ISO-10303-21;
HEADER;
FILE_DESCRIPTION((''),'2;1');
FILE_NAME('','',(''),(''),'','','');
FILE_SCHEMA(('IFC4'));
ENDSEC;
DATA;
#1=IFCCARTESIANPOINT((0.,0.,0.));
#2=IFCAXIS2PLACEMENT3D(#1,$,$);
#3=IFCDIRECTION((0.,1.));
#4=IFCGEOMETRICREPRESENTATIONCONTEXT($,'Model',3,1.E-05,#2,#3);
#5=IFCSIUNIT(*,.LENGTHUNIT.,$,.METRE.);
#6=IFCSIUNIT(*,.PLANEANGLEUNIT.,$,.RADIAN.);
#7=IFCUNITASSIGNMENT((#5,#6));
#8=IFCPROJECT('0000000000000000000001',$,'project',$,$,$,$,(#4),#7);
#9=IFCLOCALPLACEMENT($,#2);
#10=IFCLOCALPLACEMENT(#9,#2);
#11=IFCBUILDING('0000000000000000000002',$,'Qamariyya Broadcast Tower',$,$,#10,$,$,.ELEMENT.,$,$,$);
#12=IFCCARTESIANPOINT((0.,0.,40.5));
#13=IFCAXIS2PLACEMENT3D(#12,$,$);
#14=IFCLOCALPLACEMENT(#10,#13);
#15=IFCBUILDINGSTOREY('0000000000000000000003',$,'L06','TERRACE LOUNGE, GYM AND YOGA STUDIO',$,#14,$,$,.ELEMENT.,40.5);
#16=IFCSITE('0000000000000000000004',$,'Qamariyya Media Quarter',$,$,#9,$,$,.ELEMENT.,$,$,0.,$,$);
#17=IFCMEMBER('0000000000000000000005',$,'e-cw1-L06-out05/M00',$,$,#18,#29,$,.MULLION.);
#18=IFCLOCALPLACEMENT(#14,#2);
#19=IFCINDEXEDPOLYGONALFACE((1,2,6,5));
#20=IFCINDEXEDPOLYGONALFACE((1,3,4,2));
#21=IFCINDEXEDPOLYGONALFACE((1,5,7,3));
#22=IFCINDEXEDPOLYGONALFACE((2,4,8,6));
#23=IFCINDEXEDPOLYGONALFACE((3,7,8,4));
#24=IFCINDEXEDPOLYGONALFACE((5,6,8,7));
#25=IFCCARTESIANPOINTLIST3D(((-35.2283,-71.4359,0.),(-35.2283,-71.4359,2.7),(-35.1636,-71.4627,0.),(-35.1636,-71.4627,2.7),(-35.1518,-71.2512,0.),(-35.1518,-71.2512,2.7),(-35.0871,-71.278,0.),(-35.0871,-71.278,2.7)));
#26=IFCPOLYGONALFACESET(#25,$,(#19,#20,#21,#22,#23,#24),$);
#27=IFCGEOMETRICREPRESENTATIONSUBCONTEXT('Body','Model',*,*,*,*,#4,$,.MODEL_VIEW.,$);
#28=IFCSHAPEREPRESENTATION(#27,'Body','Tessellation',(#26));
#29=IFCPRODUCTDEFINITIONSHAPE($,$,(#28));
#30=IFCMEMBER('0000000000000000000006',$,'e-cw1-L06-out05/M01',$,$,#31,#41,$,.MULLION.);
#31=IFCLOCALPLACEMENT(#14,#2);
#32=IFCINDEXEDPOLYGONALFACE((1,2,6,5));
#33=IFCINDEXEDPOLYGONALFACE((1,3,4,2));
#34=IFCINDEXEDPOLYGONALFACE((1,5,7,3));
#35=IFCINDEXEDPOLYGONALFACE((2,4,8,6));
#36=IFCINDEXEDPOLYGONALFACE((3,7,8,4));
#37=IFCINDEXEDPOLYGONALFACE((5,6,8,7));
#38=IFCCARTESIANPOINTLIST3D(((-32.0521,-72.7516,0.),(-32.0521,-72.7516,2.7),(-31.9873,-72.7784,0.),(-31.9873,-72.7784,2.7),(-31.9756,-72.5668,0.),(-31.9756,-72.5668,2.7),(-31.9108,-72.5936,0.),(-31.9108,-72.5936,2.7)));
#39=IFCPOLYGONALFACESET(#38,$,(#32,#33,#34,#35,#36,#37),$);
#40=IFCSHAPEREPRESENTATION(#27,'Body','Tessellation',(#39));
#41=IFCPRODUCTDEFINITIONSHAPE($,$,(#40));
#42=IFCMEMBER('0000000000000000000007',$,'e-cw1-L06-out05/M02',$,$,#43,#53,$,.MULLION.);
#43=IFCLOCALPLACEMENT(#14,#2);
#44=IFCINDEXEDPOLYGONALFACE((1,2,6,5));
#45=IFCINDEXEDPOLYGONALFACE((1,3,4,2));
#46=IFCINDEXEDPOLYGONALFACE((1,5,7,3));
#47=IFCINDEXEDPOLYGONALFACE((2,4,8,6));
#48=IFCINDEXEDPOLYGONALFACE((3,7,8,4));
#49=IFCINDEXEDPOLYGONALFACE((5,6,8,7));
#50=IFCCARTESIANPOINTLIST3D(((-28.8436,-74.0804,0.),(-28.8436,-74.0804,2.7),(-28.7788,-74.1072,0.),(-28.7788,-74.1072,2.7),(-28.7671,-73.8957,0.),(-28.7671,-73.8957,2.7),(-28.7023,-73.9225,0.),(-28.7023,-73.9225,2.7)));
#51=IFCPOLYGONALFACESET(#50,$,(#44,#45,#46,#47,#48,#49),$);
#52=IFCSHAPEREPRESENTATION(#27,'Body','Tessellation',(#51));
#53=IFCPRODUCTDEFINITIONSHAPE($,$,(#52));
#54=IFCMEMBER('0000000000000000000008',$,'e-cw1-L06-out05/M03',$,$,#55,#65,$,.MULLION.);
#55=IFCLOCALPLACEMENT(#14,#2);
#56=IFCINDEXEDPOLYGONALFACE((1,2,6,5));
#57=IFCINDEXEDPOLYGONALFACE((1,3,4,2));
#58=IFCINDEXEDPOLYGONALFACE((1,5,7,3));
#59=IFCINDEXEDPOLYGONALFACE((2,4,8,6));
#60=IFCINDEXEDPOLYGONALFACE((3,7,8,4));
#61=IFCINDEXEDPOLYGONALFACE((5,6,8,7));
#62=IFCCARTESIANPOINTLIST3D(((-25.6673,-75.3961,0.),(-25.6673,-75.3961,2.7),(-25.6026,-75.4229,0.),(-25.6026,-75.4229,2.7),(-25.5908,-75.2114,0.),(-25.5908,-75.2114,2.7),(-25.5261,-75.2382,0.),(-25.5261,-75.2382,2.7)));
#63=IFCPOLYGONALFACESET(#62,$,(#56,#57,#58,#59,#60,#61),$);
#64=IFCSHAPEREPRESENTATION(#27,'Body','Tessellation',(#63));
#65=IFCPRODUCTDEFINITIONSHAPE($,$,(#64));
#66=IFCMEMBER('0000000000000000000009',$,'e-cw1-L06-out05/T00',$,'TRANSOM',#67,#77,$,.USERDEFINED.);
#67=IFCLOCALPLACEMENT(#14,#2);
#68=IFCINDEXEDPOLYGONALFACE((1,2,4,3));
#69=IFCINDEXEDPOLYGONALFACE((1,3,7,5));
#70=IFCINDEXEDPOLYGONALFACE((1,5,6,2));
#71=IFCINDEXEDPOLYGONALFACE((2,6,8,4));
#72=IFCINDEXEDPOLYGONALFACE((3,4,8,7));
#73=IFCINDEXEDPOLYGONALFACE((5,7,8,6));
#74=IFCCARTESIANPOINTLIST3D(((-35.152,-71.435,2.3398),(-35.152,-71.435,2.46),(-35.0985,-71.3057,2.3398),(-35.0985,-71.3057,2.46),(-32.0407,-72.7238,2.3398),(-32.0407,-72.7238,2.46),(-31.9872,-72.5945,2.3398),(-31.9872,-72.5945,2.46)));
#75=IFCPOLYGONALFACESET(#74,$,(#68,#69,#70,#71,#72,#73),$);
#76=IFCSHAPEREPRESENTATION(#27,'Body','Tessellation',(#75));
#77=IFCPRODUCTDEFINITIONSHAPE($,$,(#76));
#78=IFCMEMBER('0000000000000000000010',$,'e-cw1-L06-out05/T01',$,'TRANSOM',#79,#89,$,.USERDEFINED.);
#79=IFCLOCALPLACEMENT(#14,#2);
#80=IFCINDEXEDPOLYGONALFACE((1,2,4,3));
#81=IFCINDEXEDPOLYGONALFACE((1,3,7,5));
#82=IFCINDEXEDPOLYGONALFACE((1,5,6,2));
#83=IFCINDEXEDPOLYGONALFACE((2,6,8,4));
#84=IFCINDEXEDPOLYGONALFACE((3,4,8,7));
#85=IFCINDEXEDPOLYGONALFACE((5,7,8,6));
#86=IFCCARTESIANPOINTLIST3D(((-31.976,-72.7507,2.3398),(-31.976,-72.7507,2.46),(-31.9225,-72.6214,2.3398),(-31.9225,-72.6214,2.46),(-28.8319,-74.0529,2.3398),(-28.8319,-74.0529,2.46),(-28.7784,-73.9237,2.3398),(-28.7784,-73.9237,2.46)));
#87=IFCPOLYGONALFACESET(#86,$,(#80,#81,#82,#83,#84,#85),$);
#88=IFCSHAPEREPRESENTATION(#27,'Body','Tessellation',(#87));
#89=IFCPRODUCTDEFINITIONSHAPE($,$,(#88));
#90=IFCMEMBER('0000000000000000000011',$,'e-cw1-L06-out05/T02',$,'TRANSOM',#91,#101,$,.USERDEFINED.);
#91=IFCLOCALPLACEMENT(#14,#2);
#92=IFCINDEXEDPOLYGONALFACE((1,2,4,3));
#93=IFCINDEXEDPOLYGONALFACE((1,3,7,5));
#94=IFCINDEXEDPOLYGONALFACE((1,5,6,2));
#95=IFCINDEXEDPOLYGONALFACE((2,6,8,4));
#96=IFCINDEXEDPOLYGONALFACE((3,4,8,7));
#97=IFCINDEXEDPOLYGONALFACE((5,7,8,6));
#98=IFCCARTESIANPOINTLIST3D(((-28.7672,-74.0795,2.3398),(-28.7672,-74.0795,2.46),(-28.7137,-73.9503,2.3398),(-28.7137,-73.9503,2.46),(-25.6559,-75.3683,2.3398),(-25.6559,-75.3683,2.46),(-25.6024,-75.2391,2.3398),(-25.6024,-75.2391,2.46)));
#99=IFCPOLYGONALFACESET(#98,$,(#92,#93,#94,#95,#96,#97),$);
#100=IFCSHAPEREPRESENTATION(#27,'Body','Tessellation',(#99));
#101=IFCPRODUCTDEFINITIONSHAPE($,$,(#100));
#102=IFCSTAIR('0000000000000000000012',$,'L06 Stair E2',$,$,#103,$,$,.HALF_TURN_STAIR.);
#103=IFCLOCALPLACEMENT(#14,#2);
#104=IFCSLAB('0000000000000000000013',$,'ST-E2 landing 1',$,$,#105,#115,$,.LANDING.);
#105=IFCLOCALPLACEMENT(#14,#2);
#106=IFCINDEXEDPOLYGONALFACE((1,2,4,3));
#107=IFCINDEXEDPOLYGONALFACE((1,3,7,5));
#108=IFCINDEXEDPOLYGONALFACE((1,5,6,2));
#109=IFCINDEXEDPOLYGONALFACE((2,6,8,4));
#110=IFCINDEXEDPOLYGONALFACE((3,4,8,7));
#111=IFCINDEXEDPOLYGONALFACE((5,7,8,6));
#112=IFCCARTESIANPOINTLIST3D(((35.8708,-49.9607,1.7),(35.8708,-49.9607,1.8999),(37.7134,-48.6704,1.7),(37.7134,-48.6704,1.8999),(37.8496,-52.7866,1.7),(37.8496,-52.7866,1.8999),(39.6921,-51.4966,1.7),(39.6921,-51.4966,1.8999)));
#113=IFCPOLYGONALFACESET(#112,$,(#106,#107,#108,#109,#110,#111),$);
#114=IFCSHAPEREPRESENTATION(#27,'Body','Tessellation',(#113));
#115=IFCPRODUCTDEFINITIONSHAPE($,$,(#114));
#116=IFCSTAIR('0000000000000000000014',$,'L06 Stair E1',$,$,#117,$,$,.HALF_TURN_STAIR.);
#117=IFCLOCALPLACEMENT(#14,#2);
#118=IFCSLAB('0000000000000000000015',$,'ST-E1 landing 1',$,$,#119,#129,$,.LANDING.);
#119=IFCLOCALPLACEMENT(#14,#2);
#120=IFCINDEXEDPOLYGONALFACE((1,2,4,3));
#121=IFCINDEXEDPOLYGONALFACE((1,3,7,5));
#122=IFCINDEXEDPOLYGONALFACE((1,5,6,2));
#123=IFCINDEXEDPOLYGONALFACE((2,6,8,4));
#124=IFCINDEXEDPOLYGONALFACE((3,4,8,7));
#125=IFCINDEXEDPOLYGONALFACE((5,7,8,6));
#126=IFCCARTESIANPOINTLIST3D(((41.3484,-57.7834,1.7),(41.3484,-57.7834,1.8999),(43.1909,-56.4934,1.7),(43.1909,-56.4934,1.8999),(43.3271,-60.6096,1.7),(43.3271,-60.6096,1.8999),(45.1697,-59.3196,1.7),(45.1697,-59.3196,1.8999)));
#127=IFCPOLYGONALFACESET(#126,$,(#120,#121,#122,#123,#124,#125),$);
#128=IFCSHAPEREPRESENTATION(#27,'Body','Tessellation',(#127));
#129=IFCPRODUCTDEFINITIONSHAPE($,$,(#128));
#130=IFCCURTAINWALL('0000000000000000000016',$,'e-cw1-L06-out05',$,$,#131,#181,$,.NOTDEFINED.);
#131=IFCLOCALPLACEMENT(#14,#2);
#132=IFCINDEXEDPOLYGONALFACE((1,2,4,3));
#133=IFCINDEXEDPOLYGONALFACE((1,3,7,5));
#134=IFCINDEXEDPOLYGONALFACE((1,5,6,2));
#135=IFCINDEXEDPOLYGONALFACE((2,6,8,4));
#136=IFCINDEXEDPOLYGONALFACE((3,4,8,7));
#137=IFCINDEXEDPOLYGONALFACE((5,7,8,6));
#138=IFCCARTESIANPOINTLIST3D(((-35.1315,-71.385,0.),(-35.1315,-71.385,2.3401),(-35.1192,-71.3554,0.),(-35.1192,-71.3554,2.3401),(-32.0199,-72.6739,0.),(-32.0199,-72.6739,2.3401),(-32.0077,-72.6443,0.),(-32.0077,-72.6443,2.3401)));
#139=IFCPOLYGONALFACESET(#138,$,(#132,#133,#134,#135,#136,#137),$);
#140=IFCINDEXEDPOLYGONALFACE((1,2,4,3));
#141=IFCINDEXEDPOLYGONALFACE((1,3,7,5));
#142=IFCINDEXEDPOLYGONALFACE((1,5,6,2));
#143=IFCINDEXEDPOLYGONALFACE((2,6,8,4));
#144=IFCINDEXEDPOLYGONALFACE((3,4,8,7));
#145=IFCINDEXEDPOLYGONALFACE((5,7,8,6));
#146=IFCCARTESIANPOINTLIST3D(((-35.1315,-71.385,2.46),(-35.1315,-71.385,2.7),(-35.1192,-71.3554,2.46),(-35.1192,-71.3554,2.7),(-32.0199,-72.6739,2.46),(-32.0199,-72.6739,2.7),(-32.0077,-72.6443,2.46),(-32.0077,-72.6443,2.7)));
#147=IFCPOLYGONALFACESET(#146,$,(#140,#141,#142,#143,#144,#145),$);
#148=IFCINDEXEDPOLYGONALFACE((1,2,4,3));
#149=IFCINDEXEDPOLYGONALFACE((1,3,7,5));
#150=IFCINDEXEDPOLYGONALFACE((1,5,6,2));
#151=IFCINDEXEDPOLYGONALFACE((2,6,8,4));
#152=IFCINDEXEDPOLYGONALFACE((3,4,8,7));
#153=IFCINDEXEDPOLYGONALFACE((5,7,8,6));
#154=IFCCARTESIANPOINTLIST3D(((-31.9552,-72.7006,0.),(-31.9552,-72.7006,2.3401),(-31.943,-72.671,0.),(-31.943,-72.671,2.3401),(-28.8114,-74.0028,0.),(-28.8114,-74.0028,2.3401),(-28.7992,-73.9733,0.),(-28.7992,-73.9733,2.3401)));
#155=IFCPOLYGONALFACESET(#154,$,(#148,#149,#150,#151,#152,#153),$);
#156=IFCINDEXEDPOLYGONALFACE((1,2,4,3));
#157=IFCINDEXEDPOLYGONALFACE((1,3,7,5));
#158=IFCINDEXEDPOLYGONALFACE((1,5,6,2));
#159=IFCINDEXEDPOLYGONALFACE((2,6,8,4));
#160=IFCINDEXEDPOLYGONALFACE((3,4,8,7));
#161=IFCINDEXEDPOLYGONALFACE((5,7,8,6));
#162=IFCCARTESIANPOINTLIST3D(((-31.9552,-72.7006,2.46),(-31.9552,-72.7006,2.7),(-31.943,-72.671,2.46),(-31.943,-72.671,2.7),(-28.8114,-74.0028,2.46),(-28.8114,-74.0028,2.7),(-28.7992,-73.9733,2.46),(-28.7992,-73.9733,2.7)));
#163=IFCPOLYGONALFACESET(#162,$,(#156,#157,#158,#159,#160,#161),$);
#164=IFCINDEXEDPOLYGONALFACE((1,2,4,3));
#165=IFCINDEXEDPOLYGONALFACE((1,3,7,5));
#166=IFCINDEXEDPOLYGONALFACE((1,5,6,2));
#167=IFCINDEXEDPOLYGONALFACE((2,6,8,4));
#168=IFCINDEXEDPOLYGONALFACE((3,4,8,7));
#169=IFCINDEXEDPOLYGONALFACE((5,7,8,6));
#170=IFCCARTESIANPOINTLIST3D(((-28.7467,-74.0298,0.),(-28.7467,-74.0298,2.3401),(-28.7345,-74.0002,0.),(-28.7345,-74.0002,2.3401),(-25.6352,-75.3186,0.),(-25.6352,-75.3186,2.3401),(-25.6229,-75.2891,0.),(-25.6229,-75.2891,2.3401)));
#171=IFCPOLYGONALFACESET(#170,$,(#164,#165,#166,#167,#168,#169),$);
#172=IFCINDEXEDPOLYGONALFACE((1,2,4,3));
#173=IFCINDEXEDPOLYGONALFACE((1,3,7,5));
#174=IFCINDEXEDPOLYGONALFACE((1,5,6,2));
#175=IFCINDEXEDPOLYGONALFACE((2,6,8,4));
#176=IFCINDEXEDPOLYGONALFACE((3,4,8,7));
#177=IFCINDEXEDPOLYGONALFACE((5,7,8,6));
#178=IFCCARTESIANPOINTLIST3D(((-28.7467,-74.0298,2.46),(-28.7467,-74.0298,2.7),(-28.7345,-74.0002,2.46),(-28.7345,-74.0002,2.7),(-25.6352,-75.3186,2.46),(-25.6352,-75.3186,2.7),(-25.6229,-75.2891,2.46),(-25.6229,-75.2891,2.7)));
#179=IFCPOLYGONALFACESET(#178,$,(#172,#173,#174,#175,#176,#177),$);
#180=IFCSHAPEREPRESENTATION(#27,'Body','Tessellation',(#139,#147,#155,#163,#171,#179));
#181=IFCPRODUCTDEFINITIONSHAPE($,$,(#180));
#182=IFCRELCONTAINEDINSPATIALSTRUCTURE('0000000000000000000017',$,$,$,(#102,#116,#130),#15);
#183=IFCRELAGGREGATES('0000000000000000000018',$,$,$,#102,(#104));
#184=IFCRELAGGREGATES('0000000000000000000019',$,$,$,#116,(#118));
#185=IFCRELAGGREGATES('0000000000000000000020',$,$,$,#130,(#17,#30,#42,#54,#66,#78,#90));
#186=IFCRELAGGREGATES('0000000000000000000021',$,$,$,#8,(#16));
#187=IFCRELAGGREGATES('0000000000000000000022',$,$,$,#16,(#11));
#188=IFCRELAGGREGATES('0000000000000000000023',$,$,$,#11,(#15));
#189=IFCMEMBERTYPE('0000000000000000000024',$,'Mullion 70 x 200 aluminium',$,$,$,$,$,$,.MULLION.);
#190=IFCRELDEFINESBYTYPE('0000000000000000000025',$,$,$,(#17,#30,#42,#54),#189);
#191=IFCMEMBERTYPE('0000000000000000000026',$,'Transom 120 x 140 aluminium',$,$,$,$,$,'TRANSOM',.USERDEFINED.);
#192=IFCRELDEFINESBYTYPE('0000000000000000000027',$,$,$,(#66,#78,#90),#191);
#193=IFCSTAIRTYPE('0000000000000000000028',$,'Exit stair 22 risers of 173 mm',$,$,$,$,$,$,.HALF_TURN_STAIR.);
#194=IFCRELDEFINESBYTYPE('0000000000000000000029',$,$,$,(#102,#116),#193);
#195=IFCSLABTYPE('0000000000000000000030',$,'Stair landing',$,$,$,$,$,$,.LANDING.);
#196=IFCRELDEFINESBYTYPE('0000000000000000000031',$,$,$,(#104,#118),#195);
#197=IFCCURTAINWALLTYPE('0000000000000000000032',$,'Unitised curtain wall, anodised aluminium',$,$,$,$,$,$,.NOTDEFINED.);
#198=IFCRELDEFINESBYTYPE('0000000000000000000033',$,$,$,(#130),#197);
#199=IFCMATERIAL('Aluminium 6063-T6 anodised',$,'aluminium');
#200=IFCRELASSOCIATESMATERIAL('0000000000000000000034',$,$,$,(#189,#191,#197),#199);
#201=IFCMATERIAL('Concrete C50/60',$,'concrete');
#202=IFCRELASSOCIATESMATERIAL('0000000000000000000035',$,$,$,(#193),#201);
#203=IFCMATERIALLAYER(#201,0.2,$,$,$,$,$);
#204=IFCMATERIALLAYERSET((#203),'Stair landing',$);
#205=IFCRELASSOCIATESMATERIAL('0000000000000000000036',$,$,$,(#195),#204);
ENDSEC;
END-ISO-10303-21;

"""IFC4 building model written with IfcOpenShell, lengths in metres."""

from ifc_helpers import new_model, si_unit, direction, frame, origin, origin_2d, place, context, subcontext, project, spatial, polyline, rectangle, outline, extrude, material, layer, layer_set, material_profile, profile_set, type_object, element, aggregate, save


model = new_model("IFC4")

# Units and contexts
model_context = context("Model", 3, precision=1e-05, world=origin(), true_north=direction((0.0, 1.0)))
body_context = subcontext(model_context, "Body", "Model", "MODEL_VIEW")
ifc_project = project(units=[si_unit("LENGTHUNIT", "METRE"), si_unit("PLANEANGLEUNIT", "RADIAN")], contexts=[model_context])

# Members
ifc_material_1 = material(Name="Aluminium 6063-T6 anodised", Category="aluminium")
ifc_material_profile_1 = material_profile(ifc_material_1, rectangle(XDim=0.2, YDim=0.0701, at=origin_2d()))
ifc_profile_set_1 = profile_set([ifc_material_profile_1], Name="Aluminium 6063-T6 anodised")
member_type_1 = type_object("IfcMemberType", Name="Mullion 70 x 200 aluminium", PredefinedType="MULLION", material=ifc_profile_set_1)
site_placement = place(None, origin())
building_placement = place(site_placement, origin())
storey_placement = place(building_placement, frame((0.0, 0.0, 40.5)))
member_1_placement = place(storey_placement, frame((-35.1577, -71.3569, 0.0), z_axis=(0.0, 0.0, 1.0), x_axis=(0.382683, 0.92388, 0.0)))
member_1 = element("IfcMember", 1, at=member_1_placement, type_object=member_type_1, Name="e-cw1-L06-out05/M00", PredefinedType="MULLION", context=body_context, shape_type="SweptSolid", body=[
    extrude(rectangle(XDim=0.2, YDim=0.0701, at=origin_2d()), origin(), (0.0, 0.0, 1.0), 2.7),
])
member_2_placement = place(storey_placement, frame((-31.9814, -72.6726, 0.0), z_axis=(0.0, 0.0, 1.0), x_axis=(0.382683, 0.92388, 0.0)))
member_2 = element("IfcMember", 2, at=member_2_placement, type_object=member_type_1, Name="e-cw1-L06-out05/M01", PredefinedType="MULLION", context=body_context, shape_type="SweptSolid", body=[
    extrude(rectangle(XDim=0.2, YDim=0.0701, at=origin_2d()), origin(), (0.0, 0.0, 1.0), 2.7),
])
member_3_placement = place(storey_placement, frame((-28.7729, -74.0015, 0.0), z_axis=(0.0, 0.0, 1.0), x_axis=(0.382683, 0.92388, 0.0)))
member_3 = element("IfcMember", 3, at=member_3_placement, type_object=member_type_1, Name="e-cw1-L06-out05/M02", PredefinedType="MULLION", context=body_context, shape_type="SweptSolid", body=[
    extrude(rectangle(XDim=0.2, YDim=0.0701, at=origin_2d()), origin(), (0.0, 0.0, 1.0), 2.7),
])
member_4_placement = place(storey_placement, frame((-25.5967, -75.3171, 0.0), z_axis=(0.0, 0.0, 1.0), x_axis=(0.382683, 0.92388, 0.0)))
member_4 = element("IfcMember", 4, at=member_4_placement, type_object=member_type_1, Name="e-cw1-L06-out05/M03", PredefinedType="MULLION", context=body_context, shape_type="SweptSolid", body=[
    extrude(rectangle(XDim=0.2, YDim=0.0701, at=origin_2d()), origin(), (0.0, 0.0, 1.0), 2.7),
])
ifc_material_profile_2 = material_profile(ifc_material_1, rectangle(XDim=0.1399, YDim=0.1201, at=origin_2d()))
ifc_profile_set_2 = profile_set([ifc_material_profile_2], Name="Aluminium 6063-T6 anodised")
member_type_2 = type_object("IfcMemberType", Name="Transom 120 x 140 aluminium", ElementType="TRANSOM", PredefinedType="USERDEFINED", material=ifc_profile_set_2)
member_5_placement = place(storey_placement, frame((-35.1252, -71.3704, 2.3999), z_axis=(0.923873, -0.3827, 0.0), x_axis=(0.3827, 0.923873, 0.0)))
member_5 = element("IfcMember", 5, at=member_5_placement, type_object=member_type_2, Name="e-cw1-L06-out05/T00", ObjectType="TRANSOM", PredefinedType="USERDEFINED", context=body_context, shape_type="SweptSolid", body=[
    extrude(rectangle(XDim=0.1399, YDim=0.1201, at=origin_2d()), origin(), (0.0, 0.0, 1.0), 3.3677),
])
member_6_placement = place(storey_placement, frame((-31.9492, -72.686, 2.3999), z_axis=(0.923886, -0.382669, 0.0), x_axis=(0.382669, 0.923886, 0.0)))
member_6 = element("IfcMember", 6, at=member_6_placement, type_object=member_type_2, Name="e-cw1-L06-out05/T01", ObjectType="TRANSOM", PredefinedType="USERDEFINED", context=body_context, shape_type="SweptSolid", body=[
    extrude(rectangle(XDim=0.1399, YDim=0.1201, at=origin_2d()), origin(), (0.0, 0.0, 1.0), 3.4031),
])
member_7_placement = place(storey_placement, frame((-28.7405, -74.0149, 2.3999), z_axis=(0.923873, -0.3827, 0.0), x_axis=(0.3827, 0.923873, 0.0)))
member_7 = element("IfcMember", 7, at=member_7_placement, type_object=member_type_2, Name="e-cw1-L06-out05/T02", ObjectType="TRANSOM", PredefinedType="USERDEFINED", context=body_context, shape_type="SweptSolid", body=[
    extrude(rectangle(XDim=0.1399, YDim=0.1201, at=origin_2d()), origin(), (0.0, 0.0, 1.0), 3.3677),
])

# Site, building, storey
site = spatial("IfcSite", under=ifc_project, at=site_placement, Name="Qamariyya Media Quarter", CompositionType="ELEMENT", RefElevation=0.0)
building = spatial("IfcBuilding", under=site, at=building_placement, Name="Qamariyya Broadcast Tower", CompositionType="ELEMENT")
storey = spatial("IfcBuildingStorey", under=building, at=storey_placement, Name="L06", Description="TERRACE LOUNGE, GYM AND YOGA STUDIO", CompositionType="ELEMENT", Elevation=40.5)

# Stairs, slabs
ifc_material_2 = material(Name="Concrete C50/60", Category="concrete")
stair_type = type_object("IfcStairType", Name="Exit stair 22 risers of 173 mm", PredefinedType="HALF_TURN_STAIR", material=ifc_material_2)
stair_1_placement = place(storey_placement, origin())
stair_1 = element("IfcStair", 8, at=stair_1_placement, inside=storey, type_object=stair_type, Name="L06 Stair E2", PredefinedType="HALF_TURN_STAIR")
ifc_layer = layer(ifc_material_2, 0.2)
ifc_layer_set = layer_set([ifc_layer], Name="Stair landing")
slab_type = type_object("IfcSlabType", Name="Stair landing", PredefinedType="LANDING", material=ifc_layer_set)
slab_1_placement = place(storey_placement, frame((0.0, 0.0, 1.7)))
slab_1 = element("IfcSlab", 9, at=slab_1_placement, type_object=slab_type, Name="ST-E2 landing 1", PredefinedType="LANDING", context=body_context, shape_type="SweptSolid", body=[
    extrude(outline(polyline([(37.7134, -48.6704), (35.8708, -49.9607), (37.8496, -52.7866), (39.6921, -51.4966), (37.7134, -48.6704)])), origin(), (0.0, 0.0, 1.0), 0.2),
])
aggregate(stair_1, [slab_1])
stair_2_placement = place(storey_placement, origin())
stair_2 = element("IfcStair", 10, at=stair_2_placement, inside=storey, type_object=stair_type, Name="L06 Stair E1", PredefinedType="HALF_TURN_STAIR")
slab_2_placement = place(storey_placement, frame((0.0, 0.0, 1.7)))
slab_2 = element("IfcSlab", 11, at=slab_2_placement, type_object=slab_type, Name="ST-E1 landing 1", PredefinedType="LANDING", context=body_context, shape_type="SweptSolid", body=[
    extrude(outline(polyline([(43.1909, -56.4934), (41.3484, -57.7834), (43.3271, -60.6096), (45.1697, -59.3196), (43.1909, -56.4934)])), origin(), (0.0, 0.0, 1.0), 0.2),
])
aggregate(stair_2, [slab_2])

# Curtain wall
curtain_wall_type = type_object("IfcCurtainWallType", Name="Unitised curtain wall, anodised aluminium", PredefinedType="NOTDEFINED", material=ifc_material_1)
curtain_wall_1_placement = place(storey_placement, origin())
curtain_wall_1 = element("IfcCurtainWall", 12, at=curtain_wall_1_placement, inside=storey, type_object=curtain_wall_type, Name="e-cw1-L06-out05", PredefinedType="NOTDEFINED", context=body_context, shape_type="SweptSolid", body=[
    extrude(rectangle(XDim=3.3679, YDim=0.032, at=origin_2d()), frame((-33.5696, -72.0146, 0.0), x_axis=(0.923878, -0.382688, 0.0)), (0.0, 0.0, 1.0), 2.3401),
    extrude(rectangle(XDim=3.3679, YDim=0.032, at=origin_2d()), frame((-33.5696, -72.0146, 2.46), x_axis=(0.923878, -0.382688, 0.0)), (0.0, 0.0, 1.0), 0.24),
    extrude(rectangle(XDim=3.4028, YDim=0.032, at=origin_2d()), frame((-30.3772, -73.3369, 0.0), x_axis=(0.923878, -0.382688, 0.0)), (0.0, 0.0, 1.0), 2.3401),
    extrude(rectangle(XDim=3.4028, YDim=0.032, at=origin_2d()), frame((-30.3772, -73.3369, 2.46), x_axis=(0.923878, -0.382688, 0.0)), (0.0, 0.0, 1.0), 0.24),
    extrude(rectangle(XDim=3.3679, YDim=0.032, at=origin_2d()), frame((-27.1848, -74.6594, 0.0), x_axis=(0.923878, -0.382688, 0.0)), (0.0, 0.0, 1.0), 2.3401),
    extrude(rectangle(XDim=3.3679, YDim=0.032, at=origin_2d()), frame((-27.1848, -74.6594, 2.46), x_axis=(0.923878, -0.382688, 0.0)), (0.0, 0.0, 1.0), 0.24),
])
aggregate(curtain_wall_1, [member_1, member_2, member_3, member_4, member_5, member_6, member_7])

save(model, "model.ifc")
